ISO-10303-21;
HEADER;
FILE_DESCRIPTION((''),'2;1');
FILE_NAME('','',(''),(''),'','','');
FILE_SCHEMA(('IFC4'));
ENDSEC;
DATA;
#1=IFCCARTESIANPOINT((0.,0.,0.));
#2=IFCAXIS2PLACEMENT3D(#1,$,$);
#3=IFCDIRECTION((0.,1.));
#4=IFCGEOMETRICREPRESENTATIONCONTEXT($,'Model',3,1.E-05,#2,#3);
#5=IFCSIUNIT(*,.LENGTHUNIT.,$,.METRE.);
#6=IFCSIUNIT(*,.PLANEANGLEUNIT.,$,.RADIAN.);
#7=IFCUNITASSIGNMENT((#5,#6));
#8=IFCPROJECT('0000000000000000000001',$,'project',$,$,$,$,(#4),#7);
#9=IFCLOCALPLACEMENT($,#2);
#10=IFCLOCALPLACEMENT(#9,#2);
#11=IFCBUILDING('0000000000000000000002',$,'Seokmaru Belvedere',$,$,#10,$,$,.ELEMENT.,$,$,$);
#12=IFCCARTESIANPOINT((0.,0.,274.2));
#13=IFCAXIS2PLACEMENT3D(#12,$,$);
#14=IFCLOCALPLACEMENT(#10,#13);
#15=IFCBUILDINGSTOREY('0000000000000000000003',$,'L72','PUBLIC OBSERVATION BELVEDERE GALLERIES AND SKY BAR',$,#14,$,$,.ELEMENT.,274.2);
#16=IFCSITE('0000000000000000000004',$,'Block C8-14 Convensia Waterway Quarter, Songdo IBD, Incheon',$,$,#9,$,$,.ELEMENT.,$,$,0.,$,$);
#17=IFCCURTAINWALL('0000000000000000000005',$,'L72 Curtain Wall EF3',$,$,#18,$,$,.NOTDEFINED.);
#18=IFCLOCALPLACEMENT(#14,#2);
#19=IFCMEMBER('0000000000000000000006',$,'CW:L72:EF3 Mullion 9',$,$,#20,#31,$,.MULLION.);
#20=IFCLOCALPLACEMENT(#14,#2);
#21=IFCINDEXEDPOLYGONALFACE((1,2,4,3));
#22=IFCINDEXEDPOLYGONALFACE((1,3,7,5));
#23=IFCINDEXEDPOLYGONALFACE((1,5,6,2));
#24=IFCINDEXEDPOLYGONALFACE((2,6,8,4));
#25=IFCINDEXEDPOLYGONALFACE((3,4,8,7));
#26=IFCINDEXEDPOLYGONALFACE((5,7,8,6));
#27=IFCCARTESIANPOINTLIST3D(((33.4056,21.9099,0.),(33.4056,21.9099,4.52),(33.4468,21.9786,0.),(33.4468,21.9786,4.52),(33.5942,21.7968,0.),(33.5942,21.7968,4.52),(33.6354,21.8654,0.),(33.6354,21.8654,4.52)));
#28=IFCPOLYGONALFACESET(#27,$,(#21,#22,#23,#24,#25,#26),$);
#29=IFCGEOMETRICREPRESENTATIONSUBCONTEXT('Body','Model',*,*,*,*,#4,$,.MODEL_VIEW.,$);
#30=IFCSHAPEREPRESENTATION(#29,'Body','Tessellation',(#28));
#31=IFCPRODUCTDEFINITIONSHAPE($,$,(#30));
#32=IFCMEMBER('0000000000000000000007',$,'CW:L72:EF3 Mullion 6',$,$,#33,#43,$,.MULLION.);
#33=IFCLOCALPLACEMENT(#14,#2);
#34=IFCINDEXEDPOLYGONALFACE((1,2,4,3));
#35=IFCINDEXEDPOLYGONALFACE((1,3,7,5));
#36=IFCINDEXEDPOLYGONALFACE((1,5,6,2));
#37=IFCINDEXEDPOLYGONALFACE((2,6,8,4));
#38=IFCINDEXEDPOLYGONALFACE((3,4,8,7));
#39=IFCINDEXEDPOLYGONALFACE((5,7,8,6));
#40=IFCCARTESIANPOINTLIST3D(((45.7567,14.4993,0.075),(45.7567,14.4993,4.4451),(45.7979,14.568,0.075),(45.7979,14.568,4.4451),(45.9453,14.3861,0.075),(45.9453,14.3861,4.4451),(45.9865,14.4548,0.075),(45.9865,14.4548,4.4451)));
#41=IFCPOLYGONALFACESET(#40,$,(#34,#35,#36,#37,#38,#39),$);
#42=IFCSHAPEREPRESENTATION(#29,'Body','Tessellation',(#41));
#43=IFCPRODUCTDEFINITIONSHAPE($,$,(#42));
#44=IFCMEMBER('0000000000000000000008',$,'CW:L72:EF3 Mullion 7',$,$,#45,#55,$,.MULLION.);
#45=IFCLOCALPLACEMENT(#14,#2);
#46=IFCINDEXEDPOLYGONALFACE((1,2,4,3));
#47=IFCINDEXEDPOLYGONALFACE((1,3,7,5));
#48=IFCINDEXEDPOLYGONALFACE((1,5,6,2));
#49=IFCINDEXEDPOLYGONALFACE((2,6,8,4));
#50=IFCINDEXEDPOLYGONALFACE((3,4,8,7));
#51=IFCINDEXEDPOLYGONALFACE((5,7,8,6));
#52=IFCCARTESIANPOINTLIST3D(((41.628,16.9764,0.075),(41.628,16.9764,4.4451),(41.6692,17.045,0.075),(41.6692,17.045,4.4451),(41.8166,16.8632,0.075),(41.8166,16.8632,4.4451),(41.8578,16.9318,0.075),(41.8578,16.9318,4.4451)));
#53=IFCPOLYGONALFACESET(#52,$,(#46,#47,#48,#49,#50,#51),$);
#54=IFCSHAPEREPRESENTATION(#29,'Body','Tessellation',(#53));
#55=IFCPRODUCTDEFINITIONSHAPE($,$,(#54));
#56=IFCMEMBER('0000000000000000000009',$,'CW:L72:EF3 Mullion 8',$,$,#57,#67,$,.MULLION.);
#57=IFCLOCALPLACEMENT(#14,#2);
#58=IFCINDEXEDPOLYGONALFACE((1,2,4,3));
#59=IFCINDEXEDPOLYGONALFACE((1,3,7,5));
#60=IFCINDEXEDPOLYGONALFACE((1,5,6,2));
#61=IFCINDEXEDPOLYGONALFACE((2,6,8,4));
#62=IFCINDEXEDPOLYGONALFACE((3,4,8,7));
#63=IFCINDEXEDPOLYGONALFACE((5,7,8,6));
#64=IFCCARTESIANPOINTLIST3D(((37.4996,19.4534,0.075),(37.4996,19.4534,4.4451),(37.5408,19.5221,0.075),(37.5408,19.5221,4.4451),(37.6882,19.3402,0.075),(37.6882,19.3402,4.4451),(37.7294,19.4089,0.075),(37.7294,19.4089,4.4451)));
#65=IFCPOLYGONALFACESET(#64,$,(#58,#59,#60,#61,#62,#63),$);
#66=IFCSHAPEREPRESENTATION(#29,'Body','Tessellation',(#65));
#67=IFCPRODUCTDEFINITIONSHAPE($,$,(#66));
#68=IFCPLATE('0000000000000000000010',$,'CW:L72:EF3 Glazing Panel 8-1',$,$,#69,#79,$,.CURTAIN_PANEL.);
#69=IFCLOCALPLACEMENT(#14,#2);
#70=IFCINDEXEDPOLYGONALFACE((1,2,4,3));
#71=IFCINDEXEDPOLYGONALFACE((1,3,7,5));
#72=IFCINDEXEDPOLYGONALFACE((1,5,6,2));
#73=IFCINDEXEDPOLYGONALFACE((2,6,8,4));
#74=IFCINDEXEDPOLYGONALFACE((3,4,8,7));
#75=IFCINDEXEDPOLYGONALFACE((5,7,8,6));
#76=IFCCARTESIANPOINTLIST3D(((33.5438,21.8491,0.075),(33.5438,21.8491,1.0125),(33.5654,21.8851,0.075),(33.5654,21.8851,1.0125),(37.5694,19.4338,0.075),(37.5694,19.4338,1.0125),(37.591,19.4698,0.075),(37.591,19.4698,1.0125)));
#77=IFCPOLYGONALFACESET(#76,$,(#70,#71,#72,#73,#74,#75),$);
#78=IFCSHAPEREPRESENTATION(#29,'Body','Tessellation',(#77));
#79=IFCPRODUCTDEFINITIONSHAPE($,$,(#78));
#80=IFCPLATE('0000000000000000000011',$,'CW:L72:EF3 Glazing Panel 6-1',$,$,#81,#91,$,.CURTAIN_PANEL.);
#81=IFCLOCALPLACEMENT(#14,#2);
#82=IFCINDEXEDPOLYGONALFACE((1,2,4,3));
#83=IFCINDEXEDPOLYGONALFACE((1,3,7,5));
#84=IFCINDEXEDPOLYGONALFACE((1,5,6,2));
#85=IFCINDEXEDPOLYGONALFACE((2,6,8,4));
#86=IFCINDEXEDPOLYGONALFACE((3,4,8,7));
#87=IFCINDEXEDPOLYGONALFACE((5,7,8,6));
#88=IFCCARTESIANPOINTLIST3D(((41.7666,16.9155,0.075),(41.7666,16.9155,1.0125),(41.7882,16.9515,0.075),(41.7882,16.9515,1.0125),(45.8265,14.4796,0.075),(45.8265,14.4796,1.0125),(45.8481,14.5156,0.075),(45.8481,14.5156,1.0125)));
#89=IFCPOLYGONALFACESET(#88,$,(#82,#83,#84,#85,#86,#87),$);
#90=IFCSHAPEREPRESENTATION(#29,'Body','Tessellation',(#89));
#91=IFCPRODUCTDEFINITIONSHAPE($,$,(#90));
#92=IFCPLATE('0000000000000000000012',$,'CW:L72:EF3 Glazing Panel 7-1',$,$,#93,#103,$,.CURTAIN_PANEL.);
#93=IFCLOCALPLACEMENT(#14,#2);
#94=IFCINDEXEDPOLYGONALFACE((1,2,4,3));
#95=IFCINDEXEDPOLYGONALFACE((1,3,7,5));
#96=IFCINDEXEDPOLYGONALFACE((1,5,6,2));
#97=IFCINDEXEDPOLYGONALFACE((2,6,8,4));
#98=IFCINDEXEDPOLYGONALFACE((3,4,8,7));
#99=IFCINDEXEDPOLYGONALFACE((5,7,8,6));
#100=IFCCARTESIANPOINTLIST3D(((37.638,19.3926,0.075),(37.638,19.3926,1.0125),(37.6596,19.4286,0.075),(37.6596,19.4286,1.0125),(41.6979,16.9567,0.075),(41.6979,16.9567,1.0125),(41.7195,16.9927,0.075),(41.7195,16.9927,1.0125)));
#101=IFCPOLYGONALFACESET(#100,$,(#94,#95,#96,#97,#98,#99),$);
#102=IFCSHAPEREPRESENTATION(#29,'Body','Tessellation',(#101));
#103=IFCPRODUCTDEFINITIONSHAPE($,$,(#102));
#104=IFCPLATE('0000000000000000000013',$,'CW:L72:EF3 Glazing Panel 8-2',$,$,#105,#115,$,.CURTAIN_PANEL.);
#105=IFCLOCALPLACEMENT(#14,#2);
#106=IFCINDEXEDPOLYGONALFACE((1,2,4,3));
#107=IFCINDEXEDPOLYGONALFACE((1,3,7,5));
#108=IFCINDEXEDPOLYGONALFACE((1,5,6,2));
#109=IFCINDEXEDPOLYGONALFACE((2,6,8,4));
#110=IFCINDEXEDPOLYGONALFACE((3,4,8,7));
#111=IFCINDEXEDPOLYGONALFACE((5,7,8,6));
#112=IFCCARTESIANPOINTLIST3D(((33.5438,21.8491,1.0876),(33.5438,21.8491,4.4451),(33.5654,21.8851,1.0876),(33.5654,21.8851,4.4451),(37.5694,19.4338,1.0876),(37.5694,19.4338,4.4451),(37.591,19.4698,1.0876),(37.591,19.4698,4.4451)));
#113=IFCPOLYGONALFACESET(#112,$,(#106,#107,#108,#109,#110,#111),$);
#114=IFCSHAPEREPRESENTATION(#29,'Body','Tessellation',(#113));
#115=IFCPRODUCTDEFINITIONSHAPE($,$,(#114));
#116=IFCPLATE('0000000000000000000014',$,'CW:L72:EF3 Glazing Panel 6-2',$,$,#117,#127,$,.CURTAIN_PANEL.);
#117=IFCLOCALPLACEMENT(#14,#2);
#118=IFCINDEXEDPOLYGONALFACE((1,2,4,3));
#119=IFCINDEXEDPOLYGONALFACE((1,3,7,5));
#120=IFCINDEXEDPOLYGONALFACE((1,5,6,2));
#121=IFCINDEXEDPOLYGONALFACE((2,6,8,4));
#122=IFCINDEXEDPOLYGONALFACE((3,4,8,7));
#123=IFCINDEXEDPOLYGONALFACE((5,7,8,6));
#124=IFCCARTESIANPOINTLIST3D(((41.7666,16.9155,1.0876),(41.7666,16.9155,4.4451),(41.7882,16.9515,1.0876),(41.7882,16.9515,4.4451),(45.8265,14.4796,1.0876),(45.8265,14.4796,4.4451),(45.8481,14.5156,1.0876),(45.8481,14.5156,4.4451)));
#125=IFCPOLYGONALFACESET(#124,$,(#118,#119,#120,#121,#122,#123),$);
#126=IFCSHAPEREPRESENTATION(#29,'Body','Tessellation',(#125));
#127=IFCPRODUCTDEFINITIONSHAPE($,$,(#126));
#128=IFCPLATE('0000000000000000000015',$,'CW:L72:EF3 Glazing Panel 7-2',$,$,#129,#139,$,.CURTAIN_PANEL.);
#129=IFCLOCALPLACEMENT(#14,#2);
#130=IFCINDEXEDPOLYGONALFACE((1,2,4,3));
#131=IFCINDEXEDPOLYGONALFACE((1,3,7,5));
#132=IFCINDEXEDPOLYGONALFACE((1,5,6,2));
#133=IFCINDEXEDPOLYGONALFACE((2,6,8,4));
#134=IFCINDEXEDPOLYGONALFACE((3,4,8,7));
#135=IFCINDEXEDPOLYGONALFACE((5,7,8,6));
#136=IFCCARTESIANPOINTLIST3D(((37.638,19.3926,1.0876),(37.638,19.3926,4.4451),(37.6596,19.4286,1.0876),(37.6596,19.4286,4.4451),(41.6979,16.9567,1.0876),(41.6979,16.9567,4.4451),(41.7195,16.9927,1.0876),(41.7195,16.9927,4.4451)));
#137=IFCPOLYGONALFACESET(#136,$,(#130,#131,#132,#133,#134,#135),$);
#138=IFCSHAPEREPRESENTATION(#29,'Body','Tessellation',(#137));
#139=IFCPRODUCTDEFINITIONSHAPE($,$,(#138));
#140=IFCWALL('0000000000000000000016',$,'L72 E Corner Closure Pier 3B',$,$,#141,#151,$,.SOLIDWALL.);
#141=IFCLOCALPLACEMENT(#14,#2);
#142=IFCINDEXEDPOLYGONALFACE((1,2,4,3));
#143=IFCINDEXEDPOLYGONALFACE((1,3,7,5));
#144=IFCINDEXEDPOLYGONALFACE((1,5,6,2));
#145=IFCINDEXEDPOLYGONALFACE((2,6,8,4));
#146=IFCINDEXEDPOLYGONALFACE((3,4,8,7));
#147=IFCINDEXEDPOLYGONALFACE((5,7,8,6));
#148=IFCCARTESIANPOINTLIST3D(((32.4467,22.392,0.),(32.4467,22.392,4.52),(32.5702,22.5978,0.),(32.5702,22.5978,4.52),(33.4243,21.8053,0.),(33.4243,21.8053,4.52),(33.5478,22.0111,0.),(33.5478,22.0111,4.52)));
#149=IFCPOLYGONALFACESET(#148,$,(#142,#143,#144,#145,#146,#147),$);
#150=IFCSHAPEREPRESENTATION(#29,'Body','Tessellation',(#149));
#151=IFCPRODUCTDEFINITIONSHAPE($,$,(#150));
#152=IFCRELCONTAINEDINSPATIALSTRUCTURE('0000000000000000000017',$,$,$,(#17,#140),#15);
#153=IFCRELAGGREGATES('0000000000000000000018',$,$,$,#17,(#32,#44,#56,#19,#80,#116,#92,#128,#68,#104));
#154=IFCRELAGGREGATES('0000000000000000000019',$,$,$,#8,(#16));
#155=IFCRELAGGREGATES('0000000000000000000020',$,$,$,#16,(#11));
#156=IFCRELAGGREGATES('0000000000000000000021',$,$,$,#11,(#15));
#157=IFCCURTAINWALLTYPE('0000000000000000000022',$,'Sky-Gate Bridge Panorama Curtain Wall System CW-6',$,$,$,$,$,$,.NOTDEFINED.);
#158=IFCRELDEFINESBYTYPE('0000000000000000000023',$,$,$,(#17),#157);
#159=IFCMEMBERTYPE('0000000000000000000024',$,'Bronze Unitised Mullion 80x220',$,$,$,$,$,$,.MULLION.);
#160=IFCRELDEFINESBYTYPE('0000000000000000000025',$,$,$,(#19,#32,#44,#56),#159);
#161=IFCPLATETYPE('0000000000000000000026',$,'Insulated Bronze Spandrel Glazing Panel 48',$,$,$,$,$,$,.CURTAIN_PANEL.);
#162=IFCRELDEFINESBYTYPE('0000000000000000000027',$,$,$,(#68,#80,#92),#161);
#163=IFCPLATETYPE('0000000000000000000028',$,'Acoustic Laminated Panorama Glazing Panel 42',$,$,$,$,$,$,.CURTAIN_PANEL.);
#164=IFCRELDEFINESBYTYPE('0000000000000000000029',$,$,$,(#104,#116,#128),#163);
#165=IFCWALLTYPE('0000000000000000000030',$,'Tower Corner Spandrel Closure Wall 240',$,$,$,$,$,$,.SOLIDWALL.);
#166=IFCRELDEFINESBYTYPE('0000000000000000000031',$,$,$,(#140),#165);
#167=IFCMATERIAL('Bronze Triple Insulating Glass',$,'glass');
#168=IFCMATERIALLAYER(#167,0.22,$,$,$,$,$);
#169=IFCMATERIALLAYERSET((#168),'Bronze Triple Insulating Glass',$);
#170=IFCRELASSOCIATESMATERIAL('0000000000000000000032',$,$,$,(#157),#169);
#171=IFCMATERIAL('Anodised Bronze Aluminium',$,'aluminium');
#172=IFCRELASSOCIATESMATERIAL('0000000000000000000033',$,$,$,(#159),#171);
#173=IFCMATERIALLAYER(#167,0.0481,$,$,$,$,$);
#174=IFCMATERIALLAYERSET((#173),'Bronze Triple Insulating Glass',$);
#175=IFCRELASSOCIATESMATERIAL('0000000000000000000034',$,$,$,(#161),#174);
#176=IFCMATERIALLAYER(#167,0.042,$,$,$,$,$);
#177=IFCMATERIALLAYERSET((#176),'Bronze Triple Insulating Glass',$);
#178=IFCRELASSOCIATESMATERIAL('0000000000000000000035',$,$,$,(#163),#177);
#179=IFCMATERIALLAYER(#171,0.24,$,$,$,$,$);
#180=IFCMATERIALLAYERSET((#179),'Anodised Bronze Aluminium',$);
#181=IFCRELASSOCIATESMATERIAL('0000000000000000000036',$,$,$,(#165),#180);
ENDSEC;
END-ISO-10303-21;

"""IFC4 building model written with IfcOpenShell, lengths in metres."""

from ifc_helpers import new_model, si_unit, direction, frame, frame_2d, origin, origin_2d, place, context, subcontext, project, spatial, rectangle, extrude, source, transform, mapped, material, layer, layer_set, material_profile, profile_set, type_object, type_shapes, element, aggregate, save


model = new_model("IFC4")

# Units and contexts
model_context = context("Model", 3, precision=1e-05, world=origin(), true_north=direction((0.0, 1.0)))
body_context = subcontext(model_context, "Body", "Model", "MODEL_VIEW")
ifc_project = project(units=[si_unit("LENGTHUNIT", "METRE"), si_unit("PLANEANGLEUNIT", "RADIAN")], contexts=[model_context])

# Site, building, storey
site_placement = place(None, origin())
site = spatial("IfcSite", under=ifc_project, at=site_placement, Name="Block C8-14 Convensia Waterway Quarter, Songdo IBD, Incheon", CompositionType="ELEMENT", RefElevation=0.0)
building_placement = place(site_placement, origin())
building = spatial("IfcBuilding", under=site, at=building_placement, Name="Seokmaru Belvedere", CompositionType="ELEMENT")
storey_placement = place(building_placement, frame((0.0, 0.0, 274.2)))
storey = spatial("IfcBuildingStorey", under=building, at=storey_placement, Name="L72", Description="PUBLIC OBSERVATION BELVEDERE GALLERIES AND SKY BAR", CompositionType="ELEMENT", Elevation=274.2)

# Curtain wall, members, plates
ifc_material_1 = material(Name="Bronze Triple Insulating Glass", Category="glass")
ifc_layer_1 = layer(ifc_material_1, 0.22)
ifc_layer_set_1 = layer_set([ifc_layer_1], Name="Bronze Triple Insulating Glass")
curtain_wall_type = type_object("IfcCurtainWallType", Name="Sky-Gate Bridge Panorama Curtain Wall System CW-6", PredefinedType="NOTDEFINED", material=ifc_layer_set_1)
curtain_wall_placement = place(storey_placement, origin())
curtain_wall = element("IfcCurtainWall", 1, at=curtain_wall_placement, inside=storey, type_object=curtain_wall_type, Name="L72 Curtain Wall EF3", PredefinedType="NOTDEFINED")
ifc_material_2 = material(Name="Anodised Bronze Aluminium", Category="aluminium")
ifc_material_profile_1 = material_profile(ifc_material_2, rectangle(XDim=0.0801, YDim=0.22, at=origin_2d()), Name="CW-M-80x220")
ifc_profile_set_1 = profile_set([ifc_material_profile_1], Name="Anodised Bronze Aluminium")
member_type_1 = type_object("IfcMemberType", Name="Bronze Unitised Mullion 80x220", PredefinedType="MULLION", material=ifc_profile_set_1)
shared_shape_1 = source(origin(), body_context, "Body", "SweptSolid", [
    extrude(rectangle(XDim=0.0801, YDim=0.22, at=origin_2d()), origin(), (0.0, 0.0, 1.0), 4.52),
])
member_1_placement = place(storey_placement, frame((33.5205, 21.8877, 0.0), z_axis=(0.0, 0.0, 1.0), x_axis=(-0.514495, -0.857493, 0.0)))
member_1 = element("IfcMember", 2, at=member_1_placement, type_object=member_type_1, Name="CW:L72:EF3 Mullion 9", PredefinedType="MULLION", context=body_context, shape_type="MappedRepresentation", body=[
    mapped(shared_shape_1, transform((0.0, 0.0, 0.0), scale=1.0)),
])
shared_shape_2 = source(origin(), body_context, "Body", "SweptSolid", [
    extrude(rectangle(XDim=0.0801, YDim=0.22, at=origin_2d()), origin(), (0.0, 0.0, 1.0), 4.3701),
])
type_shapes(member_type_1, [shared_shape_1, shared_shape_2])
member_2_placement = place(storey_placement, frame((45.8716, 14.4771, 0.075), z_axis=(0.0, 0.0, 1.0), x_axis=(-0.514495, -0.857493, 0.0)))
member_2 = element("IfcMember", 3, at=member_2_placement, type_object=member_type_1, Name="CW:L72:EF3 Mullion 6", PredefinedType="MULLION", context=body_context, shape_type="MappedRepresentation", body=[
    mapped(shared_shape_2, transform((0.0, 0.0, 0.0), scale=1.0)),
])
member_3_placement = place(storey_placement, frame((41.7429, 16.9541, 0.075), z_axis=(0.0, 0.0, 1.0), x_axis=(-0.514495, -0.857493, 0.0)))
member_3 = element("IfcMember", 4, at=member_3_placement, type_object=member_type_1, Name="CW:L72:EF3 Mullion 7", PredefinedType="MULLION", context=body_context, shape_type="MappedRepresentation", body=[
    mapped(shared_shape_2, transform((0.0, 0.0, 0.0), scale=1.0)),
])
member_4_placement = place(storey_placement, frame((37.6145, 19.4312, 0.075), z_axis=(0.0, 0.0, 1.0), x_axis=(-0.514495, -0.857493, 0.0)))
member_4 = element("IfcMember", 5, at=member_4_placement, type_object=member_type_1, Name="CW:L72:EF3 Mullion 8", PredefinedType="MULLION", context=body_context, shape_type="MappedRepresentation", body=[
    mapped(shared_shape_2, transform((0.0, 0.0, 0.0), scale=1.0)),
])
ifc_layer_2 = layer(ifc_material_1, 0.0481)
ifc_layer_set_2 = layer_set([ifc_layer_2], Name="Bronze Triple Insulating Glass")
plate_type_1 = type_object("IfcPlateType", Name="Insulated Bronze Spandrel Glazing Panel 48", PredefinedType="CURTAIN_PANEL", material=ifc_layer_set_2)
shared_shape_3 = source(origin(), body_context, "Body", "SweptSolid", [
    extrude(rectangle(XDim=4.6946, YDim=0.042, at=origin_2d()), origin(), (0.0, 0.0, 1.0), 0.9375),
])
plate_1_placement = place(storey_placement, frame((35.5674, 20.6594, 0.075), z_axis=(0.0, 0.0, 1.0), x_axis=(-0.857493, 0.514495, 0.0)))
plate_1 = element("IfcPlate", 6, at=plate_1_placement, type_object=plate_type_1, Name="CW:L72:EF3 Glazing Panel 8-1", PredefinedType="CURTAIN_PANEL", context=body_context, shape_type="MappedRepresentation", body=[
    mapped(shared_shape_3, transform((0.0, 0.0, 0.0), scale=1.0)),
])
shared_shape_4 = source(origin(), body_context, "Body", "SweptSolid", [
    extrude(rectangle(XDim=4.7346, YDim=0.042, at=origin_2d()), origin(), (0.0, 0.0, 1.0), 0.9375),
])
type_shapes(plate_type_1, [shared_shape_3, shared_shape_4])
plate_2_placement = place(storey_placement, frame((43.8074, 15.7156, 0.075), z_axis=(0.0, 0.0, 1.0), x_axis=(-0.857493, 0.514495, 0.0)))
plate_2 = element("IfcPlate", 7, at=plate_2_placement, type_object=plate_type_1, Name="CW:L72:EF3 Glazing Panel 6-1", PredefinedType="CURTAIN_PANEL", context=body_context, shape_type="MappedRepresentation", body=[
    mapped(shared_shape_4, transform((0.0, 0.0, 0.0), scale=1.0)),
])
plate_3_placement = place(storey_placement, frame((39.6787, 18.1926, 0.075), z_axis=(0.0, 0.0, 1.0), x_axis=(-0.857493, 0.514495, 0.0)))
plate_3 = element("IfcPlate", 8, at=plate_3_placement, type_object=plate_type_1, Name="CW:L72:EF3 Glazing Panel 7-1", PredefinedType="CURTAIN_PANEL", context=body_context, shape_type="MappedRepresentation", body=[
    mapped(shared_shape_4, transform((0.0, 0.0, 0.0), scale=1.0)),
])
ifc_layer_3 = layer(ifc_material_1, 0.042)
ifc_layer_set_3 = layer_set([ifc_layer_3], Name="Bronze Triple Insulating Glass")
plate_type_2 = type_object("IfcPlateType", Name="Acoustic Laminated Panorama Glazing Panel 42", PredefinedType="CURTAIN_PANEL", material=ifc_layer_set_3)
shared_shape_5 = source(origin(), body_context, "Body", "SweptSolid", [
    extrude(rectangle(XDim=4.6946, YDim=0.042, at=origin_2d()), origin(), (0.0, 0.0, 1.0), 3.3574),
])
plate_4_placement = place(storey_placement, frame((35.5674, 20.6594, 1.0876), z_axis=(0.0, 0.0, 1.0), x_axis=(-0.857493, 0.514495, 0.0)))
plate_4 = element("IfcPlate", 9, at=plate_4_placement, type_object=plate_type_2, Name="CW:L72:EF3 Glazing Panel 8-2", PredefinedType="CURTAIN_PANEL", context=body_context, shape_type="MappedRepresentation", body=[
    mapped(shared_shape_5, transform((0.0, 0.0, 0.0), scale=1.0)),
])
shared_shape_6 = source(origin(), body_context, "Body", "SweptSolid", [
    extrude(rectangle(XDim=4.7346, YDim=0.042, at=origin_2d()), origin(), (0.0, 0.0, 1.0), 3.3574),
])
type_shapes(plate_type_2, [shared_shape_5, shared_shape_6])
plate_5_placement = place(storey_placement, frame((43.8074, 15.7156, 1.0876), z_axis=(0.0, 0.0, 1.0), x_axis=(-0.857493, 0.514495, 0.0)))
plate_5 = element("IfcPlate", 10, at=plate_5_placement, type_object=plate_type_2, Name="CW:L72:EF3 Glazing Panel 6-2", PredefinedType="CURTAIN_PANEL", context=body_context, shape_type="MappedRepresentation", body=[
    mapped(shared_shape_6, transform((0.0, 0.0, 0.0), scale=1.0)),
])
plate_6_placement = place(storey_placement, frame((39.6787, 18.1926, 1.0876), z_axis=(0.0, 0.0, 1.0), x_axis=(-0.857493, 0.514495, 0.0)))
plate_6 = element("IfcPlate", 11, at=plate_6_placement, type_object=plate_type_2, Name="CW:L72:EF3 Glazing Panel 7-2", PredefinedType="CURTAIN_PANEL", context=body_context, shape_type="MappedRepresentation", body=[
    mapped(shared_shape_6, transform((0.0, 0.0, 0.0), scale=1.0)),
])
aggregate(curtain_wall, [member_2, member_3, member_4, member_1, plate_2, plate_5, plate_3, plate_6, plate_1, plate_4])

# Wall
ifc_layer_4 = layer(ifc_material_2, 0.24)
ifc_layer_set_4 = layer_set([ifc_layer_4], Name="Anodised Bronze Aluminium")
wall_type = type_object("IfcWallType", Name="Tower Corner Spandrel Closure Wall 240", PredefinedType="SOLIDWALL", material=ifc_layer_set_4)
wall_placement = place(storey_placement, frame((33.4861, 21.9082, 0.0), z_axis=(0.0, 0.0, 1.0), x_axis=(-0.857436, 0.51459, 0.0)))
element("IfcWall", 12, at=wall_placement, inside=storey, type_object=wall_type, Name="L72 E Corner Closure Pier 3B", PredefinedType="SOLIDWALL", context=body_context, shape_type="SweptSolid", body=[
    extrude(rectangle(XDim=1.1401, YDim=0.24, at=frame_2d((0.5701, 0.0))), origin(), (0.0, 0.0, 1.0), 4.52),
])

save(model, "model.ifc")
